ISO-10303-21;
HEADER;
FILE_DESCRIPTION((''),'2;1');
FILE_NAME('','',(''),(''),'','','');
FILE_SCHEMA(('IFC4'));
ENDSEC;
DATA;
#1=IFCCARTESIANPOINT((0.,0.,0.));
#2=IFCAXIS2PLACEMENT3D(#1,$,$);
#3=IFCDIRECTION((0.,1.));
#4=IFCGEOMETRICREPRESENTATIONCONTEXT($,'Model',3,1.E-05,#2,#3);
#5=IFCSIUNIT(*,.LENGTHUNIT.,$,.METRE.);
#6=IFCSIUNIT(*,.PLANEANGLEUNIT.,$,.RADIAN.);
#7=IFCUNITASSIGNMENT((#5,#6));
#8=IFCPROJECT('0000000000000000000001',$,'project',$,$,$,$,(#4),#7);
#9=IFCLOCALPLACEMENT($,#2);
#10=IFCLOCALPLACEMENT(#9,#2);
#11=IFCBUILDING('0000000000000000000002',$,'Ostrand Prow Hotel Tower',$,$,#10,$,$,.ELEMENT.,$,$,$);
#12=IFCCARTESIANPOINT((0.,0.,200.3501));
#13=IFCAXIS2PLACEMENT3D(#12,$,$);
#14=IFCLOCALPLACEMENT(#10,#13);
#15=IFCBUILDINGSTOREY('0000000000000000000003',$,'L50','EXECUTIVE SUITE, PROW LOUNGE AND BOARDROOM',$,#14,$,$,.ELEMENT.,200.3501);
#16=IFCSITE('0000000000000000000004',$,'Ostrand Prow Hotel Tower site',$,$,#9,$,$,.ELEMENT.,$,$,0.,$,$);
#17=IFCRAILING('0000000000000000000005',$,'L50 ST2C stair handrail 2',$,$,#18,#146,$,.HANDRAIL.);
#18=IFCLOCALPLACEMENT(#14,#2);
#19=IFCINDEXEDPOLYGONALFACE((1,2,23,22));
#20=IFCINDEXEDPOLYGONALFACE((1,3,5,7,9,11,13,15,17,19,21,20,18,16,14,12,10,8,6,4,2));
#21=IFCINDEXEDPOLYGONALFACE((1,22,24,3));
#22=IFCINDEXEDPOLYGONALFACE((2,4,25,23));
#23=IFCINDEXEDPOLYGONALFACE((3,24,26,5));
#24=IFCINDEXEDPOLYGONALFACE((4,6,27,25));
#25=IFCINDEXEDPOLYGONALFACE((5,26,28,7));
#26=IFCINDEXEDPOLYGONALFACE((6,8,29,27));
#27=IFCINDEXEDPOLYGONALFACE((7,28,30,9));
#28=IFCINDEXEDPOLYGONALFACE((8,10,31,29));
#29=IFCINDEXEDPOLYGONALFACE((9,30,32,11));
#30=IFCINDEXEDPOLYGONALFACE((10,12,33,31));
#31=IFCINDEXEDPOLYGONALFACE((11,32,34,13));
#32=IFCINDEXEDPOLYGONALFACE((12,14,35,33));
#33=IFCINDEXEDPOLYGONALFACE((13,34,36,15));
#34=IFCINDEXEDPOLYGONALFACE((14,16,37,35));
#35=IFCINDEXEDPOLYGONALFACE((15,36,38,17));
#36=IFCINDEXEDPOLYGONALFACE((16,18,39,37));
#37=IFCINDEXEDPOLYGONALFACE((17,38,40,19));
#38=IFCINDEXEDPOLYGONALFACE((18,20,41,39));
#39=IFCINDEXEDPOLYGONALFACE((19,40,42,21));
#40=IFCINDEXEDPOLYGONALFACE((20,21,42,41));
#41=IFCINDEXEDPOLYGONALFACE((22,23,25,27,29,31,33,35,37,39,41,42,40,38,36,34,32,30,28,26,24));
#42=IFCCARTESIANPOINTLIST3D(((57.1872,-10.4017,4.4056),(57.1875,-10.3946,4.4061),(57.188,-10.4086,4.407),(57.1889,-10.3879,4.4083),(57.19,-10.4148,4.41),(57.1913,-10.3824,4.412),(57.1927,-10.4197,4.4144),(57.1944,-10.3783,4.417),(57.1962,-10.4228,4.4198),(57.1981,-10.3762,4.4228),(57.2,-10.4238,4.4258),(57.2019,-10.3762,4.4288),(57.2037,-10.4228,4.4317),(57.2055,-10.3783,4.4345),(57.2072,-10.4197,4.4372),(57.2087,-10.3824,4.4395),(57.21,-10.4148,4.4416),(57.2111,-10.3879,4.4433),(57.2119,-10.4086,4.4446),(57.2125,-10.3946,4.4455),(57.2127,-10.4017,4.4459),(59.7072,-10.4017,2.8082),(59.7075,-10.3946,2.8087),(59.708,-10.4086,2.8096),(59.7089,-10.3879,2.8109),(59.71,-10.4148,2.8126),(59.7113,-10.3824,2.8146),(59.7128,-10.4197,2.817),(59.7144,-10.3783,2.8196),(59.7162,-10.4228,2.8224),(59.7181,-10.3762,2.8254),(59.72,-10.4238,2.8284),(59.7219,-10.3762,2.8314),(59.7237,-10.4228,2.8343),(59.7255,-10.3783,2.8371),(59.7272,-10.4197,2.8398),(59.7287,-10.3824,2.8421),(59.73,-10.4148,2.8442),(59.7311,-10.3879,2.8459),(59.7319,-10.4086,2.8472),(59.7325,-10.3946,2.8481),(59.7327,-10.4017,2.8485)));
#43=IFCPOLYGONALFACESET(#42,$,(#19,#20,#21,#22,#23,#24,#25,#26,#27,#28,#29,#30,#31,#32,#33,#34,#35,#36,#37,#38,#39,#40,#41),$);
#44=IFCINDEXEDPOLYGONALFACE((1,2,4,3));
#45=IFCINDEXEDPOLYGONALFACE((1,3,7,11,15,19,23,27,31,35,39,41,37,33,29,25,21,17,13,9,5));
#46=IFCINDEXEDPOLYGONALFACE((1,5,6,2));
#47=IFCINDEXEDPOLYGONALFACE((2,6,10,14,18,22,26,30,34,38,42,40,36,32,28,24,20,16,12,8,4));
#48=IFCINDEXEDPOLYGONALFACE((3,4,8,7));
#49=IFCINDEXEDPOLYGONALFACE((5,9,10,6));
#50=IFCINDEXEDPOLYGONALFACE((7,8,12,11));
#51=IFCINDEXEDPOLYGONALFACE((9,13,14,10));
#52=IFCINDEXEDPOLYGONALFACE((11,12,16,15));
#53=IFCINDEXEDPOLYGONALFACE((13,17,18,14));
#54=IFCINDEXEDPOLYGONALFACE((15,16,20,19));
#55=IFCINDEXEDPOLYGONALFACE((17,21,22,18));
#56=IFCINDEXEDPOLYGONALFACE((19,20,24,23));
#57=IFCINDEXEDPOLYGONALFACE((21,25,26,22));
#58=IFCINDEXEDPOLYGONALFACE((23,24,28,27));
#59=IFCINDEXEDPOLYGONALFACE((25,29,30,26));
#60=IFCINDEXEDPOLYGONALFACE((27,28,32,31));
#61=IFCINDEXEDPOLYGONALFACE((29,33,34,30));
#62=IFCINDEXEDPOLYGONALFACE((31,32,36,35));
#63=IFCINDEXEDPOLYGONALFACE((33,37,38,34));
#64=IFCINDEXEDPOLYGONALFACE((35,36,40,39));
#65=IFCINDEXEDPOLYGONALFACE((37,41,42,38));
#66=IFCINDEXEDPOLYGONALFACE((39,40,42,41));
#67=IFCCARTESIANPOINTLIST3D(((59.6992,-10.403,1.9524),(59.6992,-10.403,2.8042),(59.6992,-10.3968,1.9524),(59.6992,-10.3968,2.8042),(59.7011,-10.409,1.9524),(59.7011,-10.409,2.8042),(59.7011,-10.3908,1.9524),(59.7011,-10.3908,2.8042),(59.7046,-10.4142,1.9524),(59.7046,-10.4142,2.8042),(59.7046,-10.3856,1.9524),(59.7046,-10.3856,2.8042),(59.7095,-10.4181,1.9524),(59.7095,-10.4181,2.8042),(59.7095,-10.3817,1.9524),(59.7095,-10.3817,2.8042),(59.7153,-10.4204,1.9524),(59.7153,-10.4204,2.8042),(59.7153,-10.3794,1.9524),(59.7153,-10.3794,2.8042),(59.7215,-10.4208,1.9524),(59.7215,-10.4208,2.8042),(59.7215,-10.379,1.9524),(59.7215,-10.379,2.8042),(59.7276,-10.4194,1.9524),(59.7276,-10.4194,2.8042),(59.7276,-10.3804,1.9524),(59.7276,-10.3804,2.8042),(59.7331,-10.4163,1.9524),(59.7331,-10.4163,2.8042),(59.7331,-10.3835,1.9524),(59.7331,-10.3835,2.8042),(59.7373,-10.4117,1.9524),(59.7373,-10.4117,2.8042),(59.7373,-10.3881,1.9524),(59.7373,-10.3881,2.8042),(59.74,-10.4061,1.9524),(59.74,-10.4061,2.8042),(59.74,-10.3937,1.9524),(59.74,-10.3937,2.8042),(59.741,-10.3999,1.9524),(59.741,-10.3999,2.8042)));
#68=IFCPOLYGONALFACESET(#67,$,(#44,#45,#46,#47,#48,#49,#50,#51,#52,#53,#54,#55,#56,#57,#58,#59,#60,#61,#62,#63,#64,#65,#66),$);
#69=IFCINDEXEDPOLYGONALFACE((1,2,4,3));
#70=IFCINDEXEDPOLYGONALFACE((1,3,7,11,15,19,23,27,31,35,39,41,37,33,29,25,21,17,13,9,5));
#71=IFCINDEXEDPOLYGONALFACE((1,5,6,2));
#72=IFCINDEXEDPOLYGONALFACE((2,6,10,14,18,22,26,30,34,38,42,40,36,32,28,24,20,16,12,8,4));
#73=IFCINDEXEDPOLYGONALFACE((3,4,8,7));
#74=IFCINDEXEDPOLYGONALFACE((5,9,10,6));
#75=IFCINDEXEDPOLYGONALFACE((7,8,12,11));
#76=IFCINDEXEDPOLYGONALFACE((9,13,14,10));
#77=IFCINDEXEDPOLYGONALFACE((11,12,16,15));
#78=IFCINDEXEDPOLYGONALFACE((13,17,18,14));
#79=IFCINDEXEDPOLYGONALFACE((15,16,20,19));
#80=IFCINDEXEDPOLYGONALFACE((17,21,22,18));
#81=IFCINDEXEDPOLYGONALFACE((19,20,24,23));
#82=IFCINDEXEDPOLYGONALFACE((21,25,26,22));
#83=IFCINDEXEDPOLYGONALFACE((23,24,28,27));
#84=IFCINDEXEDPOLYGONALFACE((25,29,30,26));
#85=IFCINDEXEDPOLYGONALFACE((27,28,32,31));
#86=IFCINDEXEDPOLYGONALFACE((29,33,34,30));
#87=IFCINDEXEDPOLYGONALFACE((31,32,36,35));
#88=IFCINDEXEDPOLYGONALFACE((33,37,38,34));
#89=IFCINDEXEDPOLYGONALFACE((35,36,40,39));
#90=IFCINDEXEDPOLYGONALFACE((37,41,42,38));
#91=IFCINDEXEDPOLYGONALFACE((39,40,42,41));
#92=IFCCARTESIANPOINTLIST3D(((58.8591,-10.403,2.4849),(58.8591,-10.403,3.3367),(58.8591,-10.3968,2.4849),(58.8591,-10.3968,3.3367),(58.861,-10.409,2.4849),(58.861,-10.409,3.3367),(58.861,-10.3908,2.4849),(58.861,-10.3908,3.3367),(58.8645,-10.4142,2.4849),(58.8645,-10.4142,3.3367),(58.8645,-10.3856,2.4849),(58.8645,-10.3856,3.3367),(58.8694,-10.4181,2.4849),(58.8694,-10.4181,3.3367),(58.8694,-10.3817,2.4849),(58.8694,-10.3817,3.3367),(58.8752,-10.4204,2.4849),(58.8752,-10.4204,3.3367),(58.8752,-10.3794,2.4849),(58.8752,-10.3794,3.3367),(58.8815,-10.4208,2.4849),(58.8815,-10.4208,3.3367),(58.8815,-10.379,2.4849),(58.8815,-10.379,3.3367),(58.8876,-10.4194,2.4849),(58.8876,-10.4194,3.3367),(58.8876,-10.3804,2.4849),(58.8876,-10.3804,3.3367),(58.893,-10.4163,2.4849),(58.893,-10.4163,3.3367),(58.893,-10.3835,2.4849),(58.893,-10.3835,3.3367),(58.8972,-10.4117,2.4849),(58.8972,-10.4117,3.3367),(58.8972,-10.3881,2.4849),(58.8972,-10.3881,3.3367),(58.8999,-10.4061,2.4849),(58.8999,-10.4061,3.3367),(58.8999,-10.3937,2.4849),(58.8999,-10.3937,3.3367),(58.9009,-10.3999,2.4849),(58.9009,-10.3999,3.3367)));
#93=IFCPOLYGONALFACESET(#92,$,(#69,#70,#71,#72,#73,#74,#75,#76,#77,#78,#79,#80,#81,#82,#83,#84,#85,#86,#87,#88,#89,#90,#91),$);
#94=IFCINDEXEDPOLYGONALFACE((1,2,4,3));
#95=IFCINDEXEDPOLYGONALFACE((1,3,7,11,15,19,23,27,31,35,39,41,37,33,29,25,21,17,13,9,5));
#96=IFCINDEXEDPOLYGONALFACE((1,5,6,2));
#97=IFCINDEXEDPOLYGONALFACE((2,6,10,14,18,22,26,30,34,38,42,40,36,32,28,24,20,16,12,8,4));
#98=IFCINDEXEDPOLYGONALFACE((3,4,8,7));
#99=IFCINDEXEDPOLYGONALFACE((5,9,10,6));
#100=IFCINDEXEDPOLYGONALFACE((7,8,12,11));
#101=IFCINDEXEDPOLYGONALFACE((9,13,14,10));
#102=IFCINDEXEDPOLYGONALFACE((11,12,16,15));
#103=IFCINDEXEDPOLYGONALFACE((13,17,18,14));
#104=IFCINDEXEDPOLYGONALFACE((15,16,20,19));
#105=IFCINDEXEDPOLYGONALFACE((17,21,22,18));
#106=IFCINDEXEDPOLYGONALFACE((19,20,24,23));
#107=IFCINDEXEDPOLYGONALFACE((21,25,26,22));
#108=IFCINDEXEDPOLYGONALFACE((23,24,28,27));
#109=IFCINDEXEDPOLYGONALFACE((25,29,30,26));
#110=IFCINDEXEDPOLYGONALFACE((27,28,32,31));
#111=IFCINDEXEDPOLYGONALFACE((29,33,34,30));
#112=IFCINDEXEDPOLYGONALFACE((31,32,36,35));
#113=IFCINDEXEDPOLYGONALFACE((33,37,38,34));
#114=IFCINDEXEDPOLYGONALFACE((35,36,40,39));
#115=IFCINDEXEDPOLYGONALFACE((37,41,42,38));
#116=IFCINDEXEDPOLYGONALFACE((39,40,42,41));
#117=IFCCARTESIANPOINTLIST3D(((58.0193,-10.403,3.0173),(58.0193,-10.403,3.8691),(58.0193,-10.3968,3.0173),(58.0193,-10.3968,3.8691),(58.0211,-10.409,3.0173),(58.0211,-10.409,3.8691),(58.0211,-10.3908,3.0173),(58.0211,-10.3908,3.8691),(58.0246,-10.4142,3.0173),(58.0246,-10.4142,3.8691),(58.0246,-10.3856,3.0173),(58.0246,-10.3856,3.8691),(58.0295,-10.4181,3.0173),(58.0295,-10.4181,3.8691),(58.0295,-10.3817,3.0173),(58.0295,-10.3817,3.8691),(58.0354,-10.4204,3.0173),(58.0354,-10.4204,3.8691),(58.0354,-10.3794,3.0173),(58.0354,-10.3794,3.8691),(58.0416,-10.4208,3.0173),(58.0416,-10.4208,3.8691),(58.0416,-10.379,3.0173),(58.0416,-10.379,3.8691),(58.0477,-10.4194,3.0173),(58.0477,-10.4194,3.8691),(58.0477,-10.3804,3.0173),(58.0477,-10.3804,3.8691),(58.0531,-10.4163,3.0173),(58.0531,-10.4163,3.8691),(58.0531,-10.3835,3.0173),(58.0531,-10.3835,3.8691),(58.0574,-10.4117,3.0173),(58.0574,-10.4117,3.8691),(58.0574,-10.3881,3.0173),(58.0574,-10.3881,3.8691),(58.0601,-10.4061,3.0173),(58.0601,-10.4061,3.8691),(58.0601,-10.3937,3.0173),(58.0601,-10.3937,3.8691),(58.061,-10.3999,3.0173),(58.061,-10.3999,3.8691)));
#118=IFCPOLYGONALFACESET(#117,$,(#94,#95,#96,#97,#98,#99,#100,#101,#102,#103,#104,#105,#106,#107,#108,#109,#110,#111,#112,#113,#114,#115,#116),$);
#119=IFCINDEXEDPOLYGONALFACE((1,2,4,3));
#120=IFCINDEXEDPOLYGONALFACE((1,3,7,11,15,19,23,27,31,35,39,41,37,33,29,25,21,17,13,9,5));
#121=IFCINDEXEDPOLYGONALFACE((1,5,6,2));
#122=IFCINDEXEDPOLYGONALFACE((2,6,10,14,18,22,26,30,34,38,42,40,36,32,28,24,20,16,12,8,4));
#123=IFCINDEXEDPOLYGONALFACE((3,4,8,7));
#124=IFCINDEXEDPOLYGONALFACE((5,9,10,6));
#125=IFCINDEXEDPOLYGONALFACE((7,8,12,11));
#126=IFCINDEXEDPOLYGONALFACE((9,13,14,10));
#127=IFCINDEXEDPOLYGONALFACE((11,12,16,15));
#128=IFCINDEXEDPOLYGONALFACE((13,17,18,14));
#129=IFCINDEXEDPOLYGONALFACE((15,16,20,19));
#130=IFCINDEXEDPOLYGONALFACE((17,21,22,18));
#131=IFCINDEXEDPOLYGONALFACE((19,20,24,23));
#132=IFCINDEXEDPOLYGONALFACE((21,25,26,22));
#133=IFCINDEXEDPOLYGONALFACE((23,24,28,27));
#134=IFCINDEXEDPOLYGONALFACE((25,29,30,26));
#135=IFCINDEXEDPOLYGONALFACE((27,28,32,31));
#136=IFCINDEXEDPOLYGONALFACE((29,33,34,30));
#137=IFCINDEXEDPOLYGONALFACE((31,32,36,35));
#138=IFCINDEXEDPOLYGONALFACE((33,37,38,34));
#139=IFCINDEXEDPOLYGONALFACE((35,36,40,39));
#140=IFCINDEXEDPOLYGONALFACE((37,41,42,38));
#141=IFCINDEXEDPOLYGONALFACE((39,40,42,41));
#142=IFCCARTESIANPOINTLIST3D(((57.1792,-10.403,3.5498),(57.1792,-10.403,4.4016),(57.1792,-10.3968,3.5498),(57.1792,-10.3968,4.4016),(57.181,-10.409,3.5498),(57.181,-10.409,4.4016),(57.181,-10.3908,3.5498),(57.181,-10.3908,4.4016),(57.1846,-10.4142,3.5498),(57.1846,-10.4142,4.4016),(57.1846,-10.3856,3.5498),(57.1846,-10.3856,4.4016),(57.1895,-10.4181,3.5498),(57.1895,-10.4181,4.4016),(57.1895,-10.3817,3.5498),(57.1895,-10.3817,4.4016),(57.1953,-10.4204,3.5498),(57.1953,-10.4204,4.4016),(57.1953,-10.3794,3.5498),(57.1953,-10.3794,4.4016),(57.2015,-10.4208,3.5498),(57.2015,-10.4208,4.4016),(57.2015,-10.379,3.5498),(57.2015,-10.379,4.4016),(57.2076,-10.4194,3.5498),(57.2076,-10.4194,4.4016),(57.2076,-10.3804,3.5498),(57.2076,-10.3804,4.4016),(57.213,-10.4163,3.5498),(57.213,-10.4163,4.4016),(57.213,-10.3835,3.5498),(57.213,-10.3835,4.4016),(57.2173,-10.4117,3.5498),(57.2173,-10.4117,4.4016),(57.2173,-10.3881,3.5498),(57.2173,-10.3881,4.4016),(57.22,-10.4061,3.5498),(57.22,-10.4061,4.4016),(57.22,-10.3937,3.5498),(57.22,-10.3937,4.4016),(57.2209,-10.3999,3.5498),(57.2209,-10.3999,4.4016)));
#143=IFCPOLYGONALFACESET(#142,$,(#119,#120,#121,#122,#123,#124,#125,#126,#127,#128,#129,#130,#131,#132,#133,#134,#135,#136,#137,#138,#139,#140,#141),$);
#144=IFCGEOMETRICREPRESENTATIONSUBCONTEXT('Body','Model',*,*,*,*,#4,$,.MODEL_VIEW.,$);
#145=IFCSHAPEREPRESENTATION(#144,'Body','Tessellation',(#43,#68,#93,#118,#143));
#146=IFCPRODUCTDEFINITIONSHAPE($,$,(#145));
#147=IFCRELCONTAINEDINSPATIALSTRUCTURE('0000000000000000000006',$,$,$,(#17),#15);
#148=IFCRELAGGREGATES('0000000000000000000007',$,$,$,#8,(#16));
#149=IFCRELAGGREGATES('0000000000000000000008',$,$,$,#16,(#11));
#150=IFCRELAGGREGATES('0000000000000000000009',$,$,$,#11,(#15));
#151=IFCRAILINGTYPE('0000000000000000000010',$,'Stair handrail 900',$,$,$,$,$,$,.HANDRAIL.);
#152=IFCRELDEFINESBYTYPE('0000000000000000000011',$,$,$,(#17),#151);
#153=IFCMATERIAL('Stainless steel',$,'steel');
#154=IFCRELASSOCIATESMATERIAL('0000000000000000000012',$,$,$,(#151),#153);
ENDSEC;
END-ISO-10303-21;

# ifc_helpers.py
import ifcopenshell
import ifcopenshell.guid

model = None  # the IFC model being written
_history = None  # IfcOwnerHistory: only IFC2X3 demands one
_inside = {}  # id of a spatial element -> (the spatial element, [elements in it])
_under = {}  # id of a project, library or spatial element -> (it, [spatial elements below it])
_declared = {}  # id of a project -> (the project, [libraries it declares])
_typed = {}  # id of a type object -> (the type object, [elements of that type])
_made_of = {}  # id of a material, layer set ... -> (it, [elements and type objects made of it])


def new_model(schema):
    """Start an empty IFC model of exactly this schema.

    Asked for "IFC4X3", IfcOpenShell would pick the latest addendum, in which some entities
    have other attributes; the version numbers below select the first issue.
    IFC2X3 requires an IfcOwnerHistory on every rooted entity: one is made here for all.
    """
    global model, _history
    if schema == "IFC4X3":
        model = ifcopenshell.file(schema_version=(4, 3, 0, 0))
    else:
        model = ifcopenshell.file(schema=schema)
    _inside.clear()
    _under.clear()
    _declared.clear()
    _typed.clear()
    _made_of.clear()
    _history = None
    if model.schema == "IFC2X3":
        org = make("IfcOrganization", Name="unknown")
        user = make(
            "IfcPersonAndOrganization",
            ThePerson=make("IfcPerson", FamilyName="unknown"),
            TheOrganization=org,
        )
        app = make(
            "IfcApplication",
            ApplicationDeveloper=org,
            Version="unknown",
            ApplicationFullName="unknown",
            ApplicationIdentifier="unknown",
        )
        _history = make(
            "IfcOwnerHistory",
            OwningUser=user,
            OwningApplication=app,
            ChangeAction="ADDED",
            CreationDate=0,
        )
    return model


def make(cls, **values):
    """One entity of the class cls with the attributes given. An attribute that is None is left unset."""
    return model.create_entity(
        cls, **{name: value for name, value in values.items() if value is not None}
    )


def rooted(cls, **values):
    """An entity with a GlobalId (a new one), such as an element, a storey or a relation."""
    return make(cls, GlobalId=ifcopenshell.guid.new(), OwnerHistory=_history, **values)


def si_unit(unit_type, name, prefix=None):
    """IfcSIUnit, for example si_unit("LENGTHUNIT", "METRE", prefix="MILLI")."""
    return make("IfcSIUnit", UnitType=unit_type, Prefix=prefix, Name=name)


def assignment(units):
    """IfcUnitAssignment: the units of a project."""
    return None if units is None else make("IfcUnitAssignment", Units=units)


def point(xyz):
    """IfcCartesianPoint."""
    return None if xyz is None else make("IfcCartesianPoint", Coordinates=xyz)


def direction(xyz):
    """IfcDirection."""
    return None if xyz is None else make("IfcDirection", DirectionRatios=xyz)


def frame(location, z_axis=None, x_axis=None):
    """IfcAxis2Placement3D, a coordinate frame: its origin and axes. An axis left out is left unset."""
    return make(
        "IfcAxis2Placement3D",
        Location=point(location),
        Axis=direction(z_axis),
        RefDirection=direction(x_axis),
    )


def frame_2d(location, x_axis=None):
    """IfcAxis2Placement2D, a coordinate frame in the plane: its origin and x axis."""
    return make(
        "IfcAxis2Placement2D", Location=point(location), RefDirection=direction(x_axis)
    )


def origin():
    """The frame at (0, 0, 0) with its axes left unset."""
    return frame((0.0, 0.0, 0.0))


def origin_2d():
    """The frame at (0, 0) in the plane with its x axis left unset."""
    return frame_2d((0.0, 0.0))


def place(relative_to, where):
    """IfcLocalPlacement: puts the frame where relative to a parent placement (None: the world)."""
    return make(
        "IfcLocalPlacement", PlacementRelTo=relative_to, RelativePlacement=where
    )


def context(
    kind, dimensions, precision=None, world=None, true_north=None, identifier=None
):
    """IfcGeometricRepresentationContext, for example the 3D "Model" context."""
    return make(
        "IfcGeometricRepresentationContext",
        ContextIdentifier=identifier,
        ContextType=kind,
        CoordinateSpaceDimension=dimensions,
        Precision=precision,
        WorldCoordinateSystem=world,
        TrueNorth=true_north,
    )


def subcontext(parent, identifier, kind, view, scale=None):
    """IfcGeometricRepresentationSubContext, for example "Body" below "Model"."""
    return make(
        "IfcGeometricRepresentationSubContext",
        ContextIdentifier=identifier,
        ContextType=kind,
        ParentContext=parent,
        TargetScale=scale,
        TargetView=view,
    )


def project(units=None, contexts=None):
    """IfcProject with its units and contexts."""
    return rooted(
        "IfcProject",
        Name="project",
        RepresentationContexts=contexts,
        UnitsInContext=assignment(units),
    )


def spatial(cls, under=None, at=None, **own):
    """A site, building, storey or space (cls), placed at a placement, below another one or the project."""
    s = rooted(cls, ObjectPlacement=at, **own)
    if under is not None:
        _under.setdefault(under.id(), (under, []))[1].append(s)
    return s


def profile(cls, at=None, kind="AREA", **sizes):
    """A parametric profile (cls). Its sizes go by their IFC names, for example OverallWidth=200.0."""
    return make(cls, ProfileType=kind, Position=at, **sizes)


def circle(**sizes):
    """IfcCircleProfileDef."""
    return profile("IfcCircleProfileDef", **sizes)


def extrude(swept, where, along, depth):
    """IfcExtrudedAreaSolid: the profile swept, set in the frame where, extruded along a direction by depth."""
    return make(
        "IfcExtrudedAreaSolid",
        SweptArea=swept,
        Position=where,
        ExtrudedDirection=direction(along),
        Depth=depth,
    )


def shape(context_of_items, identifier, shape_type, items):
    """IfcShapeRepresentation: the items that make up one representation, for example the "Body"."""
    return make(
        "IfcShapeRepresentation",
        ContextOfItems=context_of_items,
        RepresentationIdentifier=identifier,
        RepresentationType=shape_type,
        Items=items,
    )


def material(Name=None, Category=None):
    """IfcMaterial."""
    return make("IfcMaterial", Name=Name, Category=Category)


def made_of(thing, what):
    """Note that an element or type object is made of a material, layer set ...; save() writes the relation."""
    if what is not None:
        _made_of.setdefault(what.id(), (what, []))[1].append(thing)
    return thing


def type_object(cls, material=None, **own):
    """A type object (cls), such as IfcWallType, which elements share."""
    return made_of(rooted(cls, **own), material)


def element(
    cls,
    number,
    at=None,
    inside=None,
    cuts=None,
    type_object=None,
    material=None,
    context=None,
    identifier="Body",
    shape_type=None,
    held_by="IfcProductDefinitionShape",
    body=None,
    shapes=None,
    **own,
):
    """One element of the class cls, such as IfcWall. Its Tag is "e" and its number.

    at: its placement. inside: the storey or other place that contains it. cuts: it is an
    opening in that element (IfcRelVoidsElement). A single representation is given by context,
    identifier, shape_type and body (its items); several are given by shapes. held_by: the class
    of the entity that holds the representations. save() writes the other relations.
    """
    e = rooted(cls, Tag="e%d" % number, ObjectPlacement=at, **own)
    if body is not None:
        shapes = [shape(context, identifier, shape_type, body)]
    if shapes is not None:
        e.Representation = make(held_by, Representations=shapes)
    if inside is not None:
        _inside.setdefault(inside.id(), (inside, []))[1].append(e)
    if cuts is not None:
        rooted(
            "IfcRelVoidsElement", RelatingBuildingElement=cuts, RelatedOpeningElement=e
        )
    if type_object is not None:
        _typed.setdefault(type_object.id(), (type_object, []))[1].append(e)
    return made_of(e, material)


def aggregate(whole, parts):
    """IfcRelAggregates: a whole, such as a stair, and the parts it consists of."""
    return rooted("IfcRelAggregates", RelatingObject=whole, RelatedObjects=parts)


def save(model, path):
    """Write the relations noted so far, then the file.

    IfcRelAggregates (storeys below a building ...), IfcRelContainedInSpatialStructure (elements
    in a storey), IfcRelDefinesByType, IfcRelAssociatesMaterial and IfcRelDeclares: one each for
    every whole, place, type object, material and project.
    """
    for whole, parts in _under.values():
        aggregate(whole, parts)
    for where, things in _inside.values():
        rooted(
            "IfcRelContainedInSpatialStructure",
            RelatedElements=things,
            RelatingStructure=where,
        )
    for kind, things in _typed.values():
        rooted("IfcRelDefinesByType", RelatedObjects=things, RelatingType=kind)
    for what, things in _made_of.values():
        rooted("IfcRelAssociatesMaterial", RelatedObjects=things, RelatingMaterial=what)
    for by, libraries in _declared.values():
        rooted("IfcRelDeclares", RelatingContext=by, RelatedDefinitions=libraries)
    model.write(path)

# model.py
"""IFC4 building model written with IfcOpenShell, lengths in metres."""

from ifc_helpers import new_model, si_unit, direction, frame, origin, origin_2d, place, context, subcontext, project, spatial, circle, extrude, material, type_object, element, save


model = new_model("IFC4")

# Units and contexts
model_context = context("Model", 3, precision=1e-05, world=origin(), true_north=direction((0.0, 1.0)))
body_context = subcontext(model_context, "Body", "Model", "MODEL_VIEW")
ifc_project = project(units=[si_unit("LENGTHUNIT", "METRE"), si_unit("PLANEANGLEUNIT", "RADIAN")], contexts=[model_context])

# Site, building, storey
site_placement = place(None, origin())
site = spatial("IfcSite", under=ifc_project, at=site_placement, Name="Ostrand Prow Hotel Tower site", CompositionType="ELEMENT", RefElevation=0.0)
building_placement = place(site_placement, origin())
building = spatial("IfcBuilding", under=site, at=building_placement, Name="Ostrand Prow Hotel Tower", CompositionType="ELEMENT")
storey_placement = place(building_placement, frame((0.0, 0.0, 200.3501)))
storey = spatial("IfcBuildingStorey", under=building, at=storey_placement, Name="L50", Description="EXECUTIVE SUITE, PROW LOUNGE AND BOARDROOM", CompositionType="ELEMENT", Elevation=200.3501)

# Railing
ifc_material_1 = material(Name="Stainless steel", Category="steel")
railing_type_1 = type_object("IfcRailingType", Name="Stair handrail 900", PredefinedType="HANDRAIL", material=ifc_material_1)
railing_1_placement = place(storey_placement, frame((59.72, -10.3999, 1.9524)))
element("IfcRailing", 1, at=railing_1_placement, inside=storey, type_object=railing_type_1, Name="L50 ST2C stair handrail 2", PredefinedType="HANDRAIL", context=body_context, shape_type="SweptSolid", body=[
    extrude(circle(Radius=0.0239, at=origin_2d()), frame((0.0, 0.0, 0.876), z_axis=(-0.844607, 0.0, 0.535387), x_axis=(0.0, -1.0, 0.0)), (0.0, 0.0, 1.0), 2.9836),
    extrude(circle(Radius=0.021, at=origin_2d()), origin(), (0.0, 0.0, 1.0), 0.8518),
    extrude(circle(Radius=0.021, at=origin_2d()), frame((-0.8401, 0.0, 0.5325)), (0.0, 0.0, 1.0), 0.8518),
    extrude(circle(Radius=0.021, at=origin_2d()), frame((-1.6799, 0.0, 1.0649)), (0.0, 0.0, 1.0), 0.8518),
    extrude(circle(Radius=0.021, at=origin_2d()), frame((-2.52, 0.0, 1.5974)), (0.0, 0.0, 1.0), 0.8518),
])

save(model, "model.ifc")
